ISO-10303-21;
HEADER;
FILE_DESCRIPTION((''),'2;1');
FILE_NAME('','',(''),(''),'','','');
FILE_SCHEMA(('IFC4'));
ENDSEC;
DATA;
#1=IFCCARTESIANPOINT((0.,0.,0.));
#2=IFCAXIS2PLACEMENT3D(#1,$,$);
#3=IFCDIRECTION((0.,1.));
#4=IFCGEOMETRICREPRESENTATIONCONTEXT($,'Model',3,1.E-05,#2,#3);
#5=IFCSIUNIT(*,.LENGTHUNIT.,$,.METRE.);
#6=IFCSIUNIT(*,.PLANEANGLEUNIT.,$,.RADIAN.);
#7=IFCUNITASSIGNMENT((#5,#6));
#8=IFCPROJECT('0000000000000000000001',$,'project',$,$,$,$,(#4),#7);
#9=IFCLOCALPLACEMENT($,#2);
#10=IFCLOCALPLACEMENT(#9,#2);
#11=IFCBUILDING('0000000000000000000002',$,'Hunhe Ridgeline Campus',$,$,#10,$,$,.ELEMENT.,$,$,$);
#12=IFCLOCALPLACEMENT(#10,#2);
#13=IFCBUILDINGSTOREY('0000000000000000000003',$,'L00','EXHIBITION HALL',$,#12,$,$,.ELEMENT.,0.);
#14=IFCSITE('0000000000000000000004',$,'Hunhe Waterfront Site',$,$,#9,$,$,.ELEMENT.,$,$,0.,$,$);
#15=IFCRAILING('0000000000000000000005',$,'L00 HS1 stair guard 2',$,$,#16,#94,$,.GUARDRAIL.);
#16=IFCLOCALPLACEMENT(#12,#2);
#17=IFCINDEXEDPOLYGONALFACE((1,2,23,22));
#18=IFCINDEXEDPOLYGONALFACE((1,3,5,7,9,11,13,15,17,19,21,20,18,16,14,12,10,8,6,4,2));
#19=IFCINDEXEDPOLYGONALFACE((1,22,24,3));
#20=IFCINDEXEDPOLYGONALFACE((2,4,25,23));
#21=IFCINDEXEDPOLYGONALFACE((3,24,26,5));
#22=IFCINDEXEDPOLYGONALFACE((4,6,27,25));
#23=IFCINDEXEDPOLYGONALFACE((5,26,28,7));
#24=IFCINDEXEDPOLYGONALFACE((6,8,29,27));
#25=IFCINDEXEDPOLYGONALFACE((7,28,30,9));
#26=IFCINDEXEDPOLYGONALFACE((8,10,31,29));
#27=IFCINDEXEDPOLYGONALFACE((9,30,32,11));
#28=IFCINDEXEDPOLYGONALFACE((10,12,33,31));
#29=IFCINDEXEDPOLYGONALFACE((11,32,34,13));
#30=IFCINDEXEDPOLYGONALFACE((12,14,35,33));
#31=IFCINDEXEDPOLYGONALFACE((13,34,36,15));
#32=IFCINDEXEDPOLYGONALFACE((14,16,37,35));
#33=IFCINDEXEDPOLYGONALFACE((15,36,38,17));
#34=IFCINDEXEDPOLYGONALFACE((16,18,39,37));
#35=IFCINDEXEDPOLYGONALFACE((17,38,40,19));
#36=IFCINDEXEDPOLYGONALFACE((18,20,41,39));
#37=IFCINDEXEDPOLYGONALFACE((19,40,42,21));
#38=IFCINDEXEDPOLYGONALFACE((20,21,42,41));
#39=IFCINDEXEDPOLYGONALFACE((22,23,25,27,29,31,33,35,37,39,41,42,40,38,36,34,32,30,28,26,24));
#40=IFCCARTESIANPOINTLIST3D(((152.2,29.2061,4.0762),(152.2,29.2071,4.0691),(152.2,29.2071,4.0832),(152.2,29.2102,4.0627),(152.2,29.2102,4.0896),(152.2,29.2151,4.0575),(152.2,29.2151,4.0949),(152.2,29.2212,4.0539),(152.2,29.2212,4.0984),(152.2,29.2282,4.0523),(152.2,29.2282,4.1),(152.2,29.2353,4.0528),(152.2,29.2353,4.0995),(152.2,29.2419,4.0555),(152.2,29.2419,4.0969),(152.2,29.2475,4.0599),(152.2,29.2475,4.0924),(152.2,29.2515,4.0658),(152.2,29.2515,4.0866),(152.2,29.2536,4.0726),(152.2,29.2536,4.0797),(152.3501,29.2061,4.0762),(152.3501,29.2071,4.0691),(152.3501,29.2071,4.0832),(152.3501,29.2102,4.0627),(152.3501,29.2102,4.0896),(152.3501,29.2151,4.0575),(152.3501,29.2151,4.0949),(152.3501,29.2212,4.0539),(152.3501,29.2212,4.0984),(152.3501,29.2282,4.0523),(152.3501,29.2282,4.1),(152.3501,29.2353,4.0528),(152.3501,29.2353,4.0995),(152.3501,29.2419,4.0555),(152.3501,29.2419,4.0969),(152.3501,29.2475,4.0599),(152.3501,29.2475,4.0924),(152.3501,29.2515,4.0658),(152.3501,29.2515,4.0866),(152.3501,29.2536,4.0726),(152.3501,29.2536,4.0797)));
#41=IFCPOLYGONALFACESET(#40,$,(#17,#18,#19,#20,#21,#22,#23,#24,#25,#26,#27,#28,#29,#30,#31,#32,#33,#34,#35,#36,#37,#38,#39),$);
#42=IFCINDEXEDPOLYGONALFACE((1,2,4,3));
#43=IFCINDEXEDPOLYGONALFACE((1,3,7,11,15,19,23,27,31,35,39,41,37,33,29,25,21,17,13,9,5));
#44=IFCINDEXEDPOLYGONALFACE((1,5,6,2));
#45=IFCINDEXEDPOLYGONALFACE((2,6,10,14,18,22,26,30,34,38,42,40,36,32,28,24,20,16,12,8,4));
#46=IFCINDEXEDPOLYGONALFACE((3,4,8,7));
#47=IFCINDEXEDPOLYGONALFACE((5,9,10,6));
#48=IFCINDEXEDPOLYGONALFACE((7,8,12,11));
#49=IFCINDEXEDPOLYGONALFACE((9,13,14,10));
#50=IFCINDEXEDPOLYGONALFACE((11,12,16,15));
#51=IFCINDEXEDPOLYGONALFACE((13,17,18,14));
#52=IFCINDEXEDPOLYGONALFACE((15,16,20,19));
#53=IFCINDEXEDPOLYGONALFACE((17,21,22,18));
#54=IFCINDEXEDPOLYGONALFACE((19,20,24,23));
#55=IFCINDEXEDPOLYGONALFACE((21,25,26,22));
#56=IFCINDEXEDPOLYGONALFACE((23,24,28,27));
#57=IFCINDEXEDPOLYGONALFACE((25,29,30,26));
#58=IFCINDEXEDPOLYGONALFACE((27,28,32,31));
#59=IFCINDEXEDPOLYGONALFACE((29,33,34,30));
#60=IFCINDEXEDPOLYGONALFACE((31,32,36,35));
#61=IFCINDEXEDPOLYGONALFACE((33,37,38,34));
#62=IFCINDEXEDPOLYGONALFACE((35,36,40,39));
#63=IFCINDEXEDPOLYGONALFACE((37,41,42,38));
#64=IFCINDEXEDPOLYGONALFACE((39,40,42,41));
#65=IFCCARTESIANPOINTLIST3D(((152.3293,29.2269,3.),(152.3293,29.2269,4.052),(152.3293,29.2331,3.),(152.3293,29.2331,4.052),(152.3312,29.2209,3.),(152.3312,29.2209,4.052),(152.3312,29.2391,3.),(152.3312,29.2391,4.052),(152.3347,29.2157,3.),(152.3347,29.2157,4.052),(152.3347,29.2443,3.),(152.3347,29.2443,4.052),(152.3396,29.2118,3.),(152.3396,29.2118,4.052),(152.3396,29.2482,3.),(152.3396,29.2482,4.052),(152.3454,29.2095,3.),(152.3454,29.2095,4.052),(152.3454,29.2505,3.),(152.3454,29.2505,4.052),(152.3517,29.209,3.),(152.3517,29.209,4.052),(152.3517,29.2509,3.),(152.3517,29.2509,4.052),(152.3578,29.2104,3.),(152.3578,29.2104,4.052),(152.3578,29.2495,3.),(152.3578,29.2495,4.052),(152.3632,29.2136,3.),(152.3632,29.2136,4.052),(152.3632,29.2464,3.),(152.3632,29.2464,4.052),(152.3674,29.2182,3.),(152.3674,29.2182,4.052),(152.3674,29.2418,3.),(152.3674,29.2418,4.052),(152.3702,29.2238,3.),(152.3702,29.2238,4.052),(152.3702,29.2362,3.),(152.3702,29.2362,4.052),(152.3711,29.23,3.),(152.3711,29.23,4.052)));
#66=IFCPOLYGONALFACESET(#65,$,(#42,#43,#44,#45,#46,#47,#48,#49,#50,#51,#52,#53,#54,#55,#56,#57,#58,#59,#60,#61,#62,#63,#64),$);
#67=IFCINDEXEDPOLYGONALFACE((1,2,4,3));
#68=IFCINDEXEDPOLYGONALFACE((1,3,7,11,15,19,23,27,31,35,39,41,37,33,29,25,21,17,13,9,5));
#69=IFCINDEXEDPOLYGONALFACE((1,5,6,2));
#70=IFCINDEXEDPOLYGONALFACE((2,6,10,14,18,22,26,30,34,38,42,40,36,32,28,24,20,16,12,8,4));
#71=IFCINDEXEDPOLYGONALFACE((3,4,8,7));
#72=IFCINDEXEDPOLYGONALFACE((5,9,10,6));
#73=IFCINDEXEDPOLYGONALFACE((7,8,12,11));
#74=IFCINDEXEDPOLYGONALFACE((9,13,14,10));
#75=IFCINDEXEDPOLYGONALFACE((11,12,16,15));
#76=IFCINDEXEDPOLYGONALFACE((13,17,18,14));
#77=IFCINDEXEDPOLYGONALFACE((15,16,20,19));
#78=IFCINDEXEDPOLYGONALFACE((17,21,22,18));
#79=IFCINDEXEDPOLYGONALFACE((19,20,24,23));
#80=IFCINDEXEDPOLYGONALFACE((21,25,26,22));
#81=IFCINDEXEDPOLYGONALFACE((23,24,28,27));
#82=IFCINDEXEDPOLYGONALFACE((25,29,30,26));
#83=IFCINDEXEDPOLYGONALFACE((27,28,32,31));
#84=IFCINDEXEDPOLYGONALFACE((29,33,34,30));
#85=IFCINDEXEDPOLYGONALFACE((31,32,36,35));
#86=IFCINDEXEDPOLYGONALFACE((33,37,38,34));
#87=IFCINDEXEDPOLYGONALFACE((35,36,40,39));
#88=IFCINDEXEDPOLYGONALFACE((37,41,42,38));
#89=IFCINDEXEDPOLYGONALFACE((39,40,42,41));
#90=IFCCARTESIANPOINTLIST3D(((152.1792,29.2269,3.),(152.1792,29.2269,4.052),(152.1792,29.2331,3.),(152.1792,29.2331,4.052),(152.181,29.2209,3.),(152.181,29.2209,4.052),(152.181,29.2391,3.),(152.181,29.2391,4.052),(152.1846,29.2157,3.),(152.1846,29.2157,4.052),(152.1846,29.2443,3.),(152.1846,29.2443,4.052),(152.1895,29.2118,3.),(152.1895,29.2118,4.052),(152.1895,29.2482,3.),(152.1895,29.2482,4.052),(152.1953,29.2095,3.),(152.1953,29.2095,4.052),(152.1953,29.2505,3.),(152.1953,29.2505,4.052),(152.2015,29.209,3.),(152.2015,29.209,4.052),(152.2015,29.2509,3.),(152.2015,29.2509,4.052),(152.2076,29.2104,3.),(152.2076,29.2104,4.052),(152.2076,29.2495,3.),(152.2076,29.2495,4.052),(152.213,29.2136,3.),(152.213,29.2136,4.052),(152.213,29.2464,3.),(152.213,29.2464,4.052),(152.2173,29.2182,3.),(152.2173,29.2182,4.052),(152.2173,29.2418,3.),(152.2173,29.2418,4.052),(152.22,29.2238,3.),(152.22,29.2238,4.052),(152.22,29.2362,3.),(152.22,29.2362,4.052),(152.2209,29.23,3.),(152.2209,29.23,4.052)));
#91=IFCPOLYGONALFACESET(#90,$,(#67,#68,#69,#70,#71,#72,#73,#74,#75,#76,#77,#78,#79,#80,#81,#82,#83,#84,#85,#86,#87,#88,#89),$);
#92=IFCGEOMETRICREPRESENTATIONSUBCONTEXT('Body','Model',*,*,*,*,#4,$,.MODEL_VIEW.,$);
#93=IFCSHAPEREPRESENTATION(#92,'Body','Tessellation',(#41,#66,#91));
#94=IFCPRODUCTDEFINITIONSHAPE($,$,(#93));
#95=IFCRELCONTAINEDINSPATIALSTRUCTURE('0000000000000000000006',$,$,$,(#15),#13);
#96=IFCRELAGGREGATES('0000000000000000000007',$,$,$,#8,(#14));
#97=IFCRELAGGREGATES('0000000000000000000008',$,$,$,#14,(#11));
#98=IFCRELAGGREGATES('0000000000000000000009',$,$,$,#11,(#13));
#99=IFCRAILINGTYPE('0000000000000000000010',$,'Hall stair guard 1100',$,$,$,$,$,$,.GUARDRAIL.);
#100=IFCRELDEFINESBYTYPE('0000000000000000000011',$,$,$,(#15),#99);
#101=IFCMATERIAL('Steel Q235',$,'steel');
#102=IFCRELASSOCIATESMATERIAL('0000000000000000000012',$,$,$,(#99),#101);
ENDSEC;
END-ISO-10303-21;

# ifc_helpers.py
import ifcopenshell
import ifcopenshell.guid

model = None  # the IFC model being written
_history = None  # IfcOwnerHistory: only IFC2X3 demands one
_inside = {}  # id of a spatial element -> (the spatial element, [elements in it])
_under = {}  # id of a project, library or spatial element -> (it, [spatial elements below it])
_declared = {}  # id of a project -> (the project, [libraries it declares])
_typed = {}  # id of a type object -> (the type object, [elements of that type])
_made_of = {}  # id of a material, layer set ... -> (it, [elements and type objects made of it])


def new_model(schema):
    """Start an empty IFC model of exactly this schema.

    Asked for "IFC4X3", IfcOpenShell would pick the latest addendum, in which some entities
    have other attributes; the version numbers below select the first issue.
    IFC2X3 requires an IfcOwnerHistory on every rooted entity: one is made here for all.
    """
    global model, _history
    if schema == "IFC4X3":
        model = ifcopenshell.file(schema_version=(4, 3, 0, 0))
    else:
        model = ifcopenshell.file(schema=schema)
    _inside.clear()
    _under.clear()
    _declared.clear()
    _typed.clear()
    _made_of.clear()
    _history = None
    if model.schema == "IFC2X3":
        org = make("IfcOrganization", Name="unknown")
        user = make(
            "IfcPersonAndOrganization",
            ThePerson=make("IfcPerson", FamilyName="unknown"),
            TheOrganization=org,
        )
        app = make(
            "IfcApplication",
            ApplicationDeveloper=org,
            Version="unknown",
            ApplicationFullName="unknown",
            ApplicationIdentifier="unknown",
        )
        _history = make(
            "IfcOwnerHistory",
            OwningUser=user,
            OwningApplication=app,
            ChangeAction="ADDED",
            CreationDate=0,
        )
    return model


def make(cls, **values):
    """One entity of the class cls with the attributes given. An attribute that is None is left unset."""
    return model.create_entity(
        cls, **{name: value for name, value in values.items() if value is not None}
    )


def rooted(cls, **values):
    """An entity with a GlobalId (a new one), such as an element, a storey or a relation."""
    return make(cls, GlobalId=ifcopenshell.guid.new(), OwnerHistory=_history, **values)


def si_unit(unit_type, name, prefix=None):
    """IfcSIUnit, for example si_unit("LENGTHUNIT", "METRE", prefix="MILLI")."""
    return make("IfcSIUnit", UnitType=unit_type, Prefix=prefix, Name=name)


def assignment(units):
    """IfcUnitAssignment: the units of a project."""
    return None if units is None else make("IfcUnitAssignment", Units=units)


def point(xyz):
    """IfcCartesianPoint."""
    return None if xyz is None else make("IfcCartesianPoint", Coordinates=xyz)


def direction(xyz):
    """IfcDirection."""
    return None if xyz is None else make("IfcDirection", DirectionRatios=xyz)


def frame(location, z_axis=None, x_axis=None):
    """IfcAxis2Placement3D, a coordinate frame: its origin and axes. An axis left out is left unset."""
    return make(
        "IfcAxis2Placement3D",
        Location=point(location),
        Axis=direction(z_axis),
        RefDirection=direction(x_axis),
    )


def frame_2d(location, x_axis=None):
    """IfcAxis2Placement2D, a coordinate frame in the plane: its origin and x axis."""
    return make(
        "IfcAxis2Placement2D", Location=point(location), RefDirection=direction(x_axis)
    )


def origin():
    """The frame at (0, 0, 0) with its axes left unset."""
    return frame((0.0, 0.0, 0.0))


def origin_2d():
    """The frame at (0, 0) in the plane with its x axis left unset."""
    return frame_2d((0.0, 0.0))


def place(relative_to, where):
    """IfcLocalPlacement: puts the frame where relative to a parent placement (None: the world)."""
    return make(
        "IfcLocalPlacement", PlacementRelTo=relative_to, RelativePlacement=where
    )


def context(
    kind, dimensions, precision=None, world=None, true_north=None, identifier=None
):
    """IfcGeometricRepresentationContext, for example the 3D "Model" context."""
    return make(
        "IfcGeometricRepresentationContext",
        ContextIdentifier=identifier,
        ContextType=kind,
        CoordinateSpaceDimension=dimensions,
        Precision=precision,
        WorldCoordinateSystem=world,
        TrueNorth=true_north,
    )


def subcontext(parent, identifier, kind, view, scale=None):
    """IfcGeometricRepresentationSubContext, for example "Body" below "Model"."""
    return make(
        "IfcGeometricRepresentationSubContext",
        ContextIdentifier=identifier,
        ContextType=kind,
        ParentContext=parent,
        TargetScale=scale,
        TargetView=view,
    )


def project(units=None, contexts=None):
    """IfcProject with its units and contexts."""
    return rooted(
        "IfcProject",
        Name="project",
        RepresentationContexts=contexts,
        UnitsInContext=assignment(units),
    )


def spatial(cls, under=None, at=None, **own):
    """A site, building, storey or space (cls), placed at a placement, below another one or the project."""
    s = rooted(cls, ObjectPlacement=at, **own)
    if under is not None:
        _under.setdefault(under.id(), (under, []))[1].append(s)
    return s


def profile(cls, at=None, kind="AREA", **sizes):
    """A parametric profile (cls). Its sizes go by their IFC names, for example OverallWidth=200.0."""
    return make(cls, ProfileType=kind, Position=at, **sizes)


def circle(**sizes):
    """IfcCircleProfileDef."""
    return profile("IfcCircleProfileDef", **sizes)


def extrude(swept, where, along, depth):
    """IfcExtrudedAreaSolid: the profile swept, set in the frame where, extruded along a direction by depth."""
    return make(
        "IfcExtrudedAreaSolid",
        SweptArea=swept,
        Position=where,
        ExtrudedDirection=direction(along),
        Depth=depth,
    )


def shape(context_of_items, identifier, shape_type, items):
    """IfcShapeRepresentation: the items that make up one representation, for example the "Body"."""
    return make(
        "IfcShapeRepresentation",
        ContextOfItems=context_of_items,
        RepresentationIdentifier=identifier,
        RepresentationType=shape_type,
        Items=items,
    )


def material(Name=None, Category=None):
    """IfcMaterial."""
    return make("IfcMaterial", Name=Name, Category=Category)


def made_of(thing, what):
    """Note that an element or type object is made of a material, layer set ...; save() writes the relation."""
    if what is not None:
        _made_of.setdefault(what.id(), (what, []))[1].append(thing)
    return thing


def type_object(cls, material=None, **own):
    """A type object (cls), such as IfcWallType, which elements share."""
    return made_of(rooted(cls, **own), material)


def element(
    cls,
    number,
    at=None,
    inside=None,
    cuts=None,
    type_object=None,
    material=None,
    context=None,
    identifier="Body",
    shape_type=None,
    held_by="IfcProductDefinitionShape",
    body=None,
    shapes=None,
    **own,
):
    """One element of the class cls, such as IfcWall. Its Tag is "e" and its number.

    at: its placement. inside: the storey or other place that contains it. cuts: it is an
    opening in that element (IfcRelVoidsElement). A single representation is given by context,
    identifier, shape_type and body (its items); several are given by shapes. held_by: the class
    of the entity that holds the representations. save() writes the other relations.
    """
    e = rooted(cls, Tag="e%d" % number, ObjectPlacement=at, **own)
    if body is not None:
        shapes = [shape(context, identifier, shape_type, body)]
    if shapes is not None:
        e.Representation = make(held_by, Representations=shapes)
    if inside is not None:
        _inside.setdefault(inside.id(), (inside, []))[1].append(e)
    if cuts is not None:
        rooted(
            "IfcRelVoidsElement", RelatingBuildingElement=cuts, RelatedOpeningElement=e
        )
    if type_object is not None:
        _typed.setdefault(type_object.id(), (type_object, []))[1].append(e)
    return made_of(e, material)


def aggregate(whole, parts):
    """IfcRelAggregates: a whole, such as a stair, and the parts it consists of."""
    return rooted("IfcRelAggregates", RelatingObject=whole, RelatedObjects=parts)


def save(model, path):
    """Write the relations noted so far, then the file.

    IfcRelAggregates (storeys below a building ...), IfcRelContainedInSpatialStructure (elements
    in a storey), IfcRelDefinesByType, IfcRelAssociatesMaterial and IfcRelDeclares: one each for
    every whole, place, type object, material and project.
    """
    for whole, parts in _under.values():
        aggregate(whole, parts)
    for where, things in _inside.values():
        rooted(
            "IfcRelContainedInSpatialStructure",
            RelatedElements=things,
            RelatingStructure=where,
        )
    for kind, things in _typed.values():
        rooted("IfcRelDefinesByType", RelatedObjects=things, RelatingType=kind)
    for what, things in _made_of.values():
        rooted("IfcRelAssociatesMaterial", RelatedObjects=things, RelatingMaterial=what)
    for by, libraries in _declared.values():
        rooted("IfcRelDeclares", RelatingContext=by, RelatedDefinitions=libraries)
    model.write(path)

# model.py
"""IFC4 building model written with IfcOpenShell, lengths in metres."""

from ifc_helpers import new_model, si_unit, direction, frame, origin, origin_2d, place, context, subcontext, project, spatial, circle, extrude, material, type_object, element, save


model = new_model("IFC4")

# Units and contexts
model_context = context("Model", 3, precision=1e-05, world=origin(), true_north=direction((0.0, 1.0)))
body_context = subcontext(model_context, "Body", "Model", "MODEL_VIEW")
ifc_project = project(units=[si_unit("LENGTHUNIT", "METRE"), si_unit("PLANEANGLEUNIT", "RADIAN")], contexts=[model_context])

# Site, building, storey
site_placement = place(None, origin())
site = spatial("IfcSite", under=ifc_project, at=site_placement, Name="Hunhe Waterfront Site", CompositionType="ELEMENT", RefElevation=0.0)
building_placement = place(site_placement, origin())
building = spatial("IfcBuilding", under=site, at=building_placement, Name="Hunhe Ridgeline Campus", CompositionType="ELEMENT")
storey_placement = place(building_placement, origin())
storey = spatial("IfcBuildingStorey", under=building, at=storey_placement, Name="L00", Description="EXHIBITION HALL", CompositionType="ELEMENT", Elevation=0.0)

# Shared definitions
ifc_material_1 = material(Name="Steel Q235", Category="steel")

# Railing
railing_type_1 = type_object("IfcRailingType", Name="Hall stair guard 1100", PredefinedType="GUARDRAIL", material=ifc_material_1)
railing_1_placement = place(storey_placement, frame((152.3501, 29.23, 3.0)))
element("IfcRailing", 1, at=railing_1_placement, inside=storey, type_object=railing_type_1, Name="L00 HS1 stair guard 2", PredefinedType="GUARDRAIL", context=body_context, shape_type="SweptSolid", body=[
    extrude(circle(Radius=0.0239, at=origin_2d()), frame((0.0, 0.0, 1.0762), z_axis=(-1.0, 0.0, 0.0), x_axis=(0.0, -1.0, 0.0)), (0.0, 0.0, 1.0), 0.1501),
    extrude(circle(Radius=0.021, at=origin_2d()), origin(), (0.0, 0.0, 1.0), 1.052),
    extrude(circle(Radius=0.021, at=origin_2d()), frame((-0.1501, 0.0, 0.0)), (0.0, 0.0, 1.0), 1.052),
])

save(model, "model.ifc")
